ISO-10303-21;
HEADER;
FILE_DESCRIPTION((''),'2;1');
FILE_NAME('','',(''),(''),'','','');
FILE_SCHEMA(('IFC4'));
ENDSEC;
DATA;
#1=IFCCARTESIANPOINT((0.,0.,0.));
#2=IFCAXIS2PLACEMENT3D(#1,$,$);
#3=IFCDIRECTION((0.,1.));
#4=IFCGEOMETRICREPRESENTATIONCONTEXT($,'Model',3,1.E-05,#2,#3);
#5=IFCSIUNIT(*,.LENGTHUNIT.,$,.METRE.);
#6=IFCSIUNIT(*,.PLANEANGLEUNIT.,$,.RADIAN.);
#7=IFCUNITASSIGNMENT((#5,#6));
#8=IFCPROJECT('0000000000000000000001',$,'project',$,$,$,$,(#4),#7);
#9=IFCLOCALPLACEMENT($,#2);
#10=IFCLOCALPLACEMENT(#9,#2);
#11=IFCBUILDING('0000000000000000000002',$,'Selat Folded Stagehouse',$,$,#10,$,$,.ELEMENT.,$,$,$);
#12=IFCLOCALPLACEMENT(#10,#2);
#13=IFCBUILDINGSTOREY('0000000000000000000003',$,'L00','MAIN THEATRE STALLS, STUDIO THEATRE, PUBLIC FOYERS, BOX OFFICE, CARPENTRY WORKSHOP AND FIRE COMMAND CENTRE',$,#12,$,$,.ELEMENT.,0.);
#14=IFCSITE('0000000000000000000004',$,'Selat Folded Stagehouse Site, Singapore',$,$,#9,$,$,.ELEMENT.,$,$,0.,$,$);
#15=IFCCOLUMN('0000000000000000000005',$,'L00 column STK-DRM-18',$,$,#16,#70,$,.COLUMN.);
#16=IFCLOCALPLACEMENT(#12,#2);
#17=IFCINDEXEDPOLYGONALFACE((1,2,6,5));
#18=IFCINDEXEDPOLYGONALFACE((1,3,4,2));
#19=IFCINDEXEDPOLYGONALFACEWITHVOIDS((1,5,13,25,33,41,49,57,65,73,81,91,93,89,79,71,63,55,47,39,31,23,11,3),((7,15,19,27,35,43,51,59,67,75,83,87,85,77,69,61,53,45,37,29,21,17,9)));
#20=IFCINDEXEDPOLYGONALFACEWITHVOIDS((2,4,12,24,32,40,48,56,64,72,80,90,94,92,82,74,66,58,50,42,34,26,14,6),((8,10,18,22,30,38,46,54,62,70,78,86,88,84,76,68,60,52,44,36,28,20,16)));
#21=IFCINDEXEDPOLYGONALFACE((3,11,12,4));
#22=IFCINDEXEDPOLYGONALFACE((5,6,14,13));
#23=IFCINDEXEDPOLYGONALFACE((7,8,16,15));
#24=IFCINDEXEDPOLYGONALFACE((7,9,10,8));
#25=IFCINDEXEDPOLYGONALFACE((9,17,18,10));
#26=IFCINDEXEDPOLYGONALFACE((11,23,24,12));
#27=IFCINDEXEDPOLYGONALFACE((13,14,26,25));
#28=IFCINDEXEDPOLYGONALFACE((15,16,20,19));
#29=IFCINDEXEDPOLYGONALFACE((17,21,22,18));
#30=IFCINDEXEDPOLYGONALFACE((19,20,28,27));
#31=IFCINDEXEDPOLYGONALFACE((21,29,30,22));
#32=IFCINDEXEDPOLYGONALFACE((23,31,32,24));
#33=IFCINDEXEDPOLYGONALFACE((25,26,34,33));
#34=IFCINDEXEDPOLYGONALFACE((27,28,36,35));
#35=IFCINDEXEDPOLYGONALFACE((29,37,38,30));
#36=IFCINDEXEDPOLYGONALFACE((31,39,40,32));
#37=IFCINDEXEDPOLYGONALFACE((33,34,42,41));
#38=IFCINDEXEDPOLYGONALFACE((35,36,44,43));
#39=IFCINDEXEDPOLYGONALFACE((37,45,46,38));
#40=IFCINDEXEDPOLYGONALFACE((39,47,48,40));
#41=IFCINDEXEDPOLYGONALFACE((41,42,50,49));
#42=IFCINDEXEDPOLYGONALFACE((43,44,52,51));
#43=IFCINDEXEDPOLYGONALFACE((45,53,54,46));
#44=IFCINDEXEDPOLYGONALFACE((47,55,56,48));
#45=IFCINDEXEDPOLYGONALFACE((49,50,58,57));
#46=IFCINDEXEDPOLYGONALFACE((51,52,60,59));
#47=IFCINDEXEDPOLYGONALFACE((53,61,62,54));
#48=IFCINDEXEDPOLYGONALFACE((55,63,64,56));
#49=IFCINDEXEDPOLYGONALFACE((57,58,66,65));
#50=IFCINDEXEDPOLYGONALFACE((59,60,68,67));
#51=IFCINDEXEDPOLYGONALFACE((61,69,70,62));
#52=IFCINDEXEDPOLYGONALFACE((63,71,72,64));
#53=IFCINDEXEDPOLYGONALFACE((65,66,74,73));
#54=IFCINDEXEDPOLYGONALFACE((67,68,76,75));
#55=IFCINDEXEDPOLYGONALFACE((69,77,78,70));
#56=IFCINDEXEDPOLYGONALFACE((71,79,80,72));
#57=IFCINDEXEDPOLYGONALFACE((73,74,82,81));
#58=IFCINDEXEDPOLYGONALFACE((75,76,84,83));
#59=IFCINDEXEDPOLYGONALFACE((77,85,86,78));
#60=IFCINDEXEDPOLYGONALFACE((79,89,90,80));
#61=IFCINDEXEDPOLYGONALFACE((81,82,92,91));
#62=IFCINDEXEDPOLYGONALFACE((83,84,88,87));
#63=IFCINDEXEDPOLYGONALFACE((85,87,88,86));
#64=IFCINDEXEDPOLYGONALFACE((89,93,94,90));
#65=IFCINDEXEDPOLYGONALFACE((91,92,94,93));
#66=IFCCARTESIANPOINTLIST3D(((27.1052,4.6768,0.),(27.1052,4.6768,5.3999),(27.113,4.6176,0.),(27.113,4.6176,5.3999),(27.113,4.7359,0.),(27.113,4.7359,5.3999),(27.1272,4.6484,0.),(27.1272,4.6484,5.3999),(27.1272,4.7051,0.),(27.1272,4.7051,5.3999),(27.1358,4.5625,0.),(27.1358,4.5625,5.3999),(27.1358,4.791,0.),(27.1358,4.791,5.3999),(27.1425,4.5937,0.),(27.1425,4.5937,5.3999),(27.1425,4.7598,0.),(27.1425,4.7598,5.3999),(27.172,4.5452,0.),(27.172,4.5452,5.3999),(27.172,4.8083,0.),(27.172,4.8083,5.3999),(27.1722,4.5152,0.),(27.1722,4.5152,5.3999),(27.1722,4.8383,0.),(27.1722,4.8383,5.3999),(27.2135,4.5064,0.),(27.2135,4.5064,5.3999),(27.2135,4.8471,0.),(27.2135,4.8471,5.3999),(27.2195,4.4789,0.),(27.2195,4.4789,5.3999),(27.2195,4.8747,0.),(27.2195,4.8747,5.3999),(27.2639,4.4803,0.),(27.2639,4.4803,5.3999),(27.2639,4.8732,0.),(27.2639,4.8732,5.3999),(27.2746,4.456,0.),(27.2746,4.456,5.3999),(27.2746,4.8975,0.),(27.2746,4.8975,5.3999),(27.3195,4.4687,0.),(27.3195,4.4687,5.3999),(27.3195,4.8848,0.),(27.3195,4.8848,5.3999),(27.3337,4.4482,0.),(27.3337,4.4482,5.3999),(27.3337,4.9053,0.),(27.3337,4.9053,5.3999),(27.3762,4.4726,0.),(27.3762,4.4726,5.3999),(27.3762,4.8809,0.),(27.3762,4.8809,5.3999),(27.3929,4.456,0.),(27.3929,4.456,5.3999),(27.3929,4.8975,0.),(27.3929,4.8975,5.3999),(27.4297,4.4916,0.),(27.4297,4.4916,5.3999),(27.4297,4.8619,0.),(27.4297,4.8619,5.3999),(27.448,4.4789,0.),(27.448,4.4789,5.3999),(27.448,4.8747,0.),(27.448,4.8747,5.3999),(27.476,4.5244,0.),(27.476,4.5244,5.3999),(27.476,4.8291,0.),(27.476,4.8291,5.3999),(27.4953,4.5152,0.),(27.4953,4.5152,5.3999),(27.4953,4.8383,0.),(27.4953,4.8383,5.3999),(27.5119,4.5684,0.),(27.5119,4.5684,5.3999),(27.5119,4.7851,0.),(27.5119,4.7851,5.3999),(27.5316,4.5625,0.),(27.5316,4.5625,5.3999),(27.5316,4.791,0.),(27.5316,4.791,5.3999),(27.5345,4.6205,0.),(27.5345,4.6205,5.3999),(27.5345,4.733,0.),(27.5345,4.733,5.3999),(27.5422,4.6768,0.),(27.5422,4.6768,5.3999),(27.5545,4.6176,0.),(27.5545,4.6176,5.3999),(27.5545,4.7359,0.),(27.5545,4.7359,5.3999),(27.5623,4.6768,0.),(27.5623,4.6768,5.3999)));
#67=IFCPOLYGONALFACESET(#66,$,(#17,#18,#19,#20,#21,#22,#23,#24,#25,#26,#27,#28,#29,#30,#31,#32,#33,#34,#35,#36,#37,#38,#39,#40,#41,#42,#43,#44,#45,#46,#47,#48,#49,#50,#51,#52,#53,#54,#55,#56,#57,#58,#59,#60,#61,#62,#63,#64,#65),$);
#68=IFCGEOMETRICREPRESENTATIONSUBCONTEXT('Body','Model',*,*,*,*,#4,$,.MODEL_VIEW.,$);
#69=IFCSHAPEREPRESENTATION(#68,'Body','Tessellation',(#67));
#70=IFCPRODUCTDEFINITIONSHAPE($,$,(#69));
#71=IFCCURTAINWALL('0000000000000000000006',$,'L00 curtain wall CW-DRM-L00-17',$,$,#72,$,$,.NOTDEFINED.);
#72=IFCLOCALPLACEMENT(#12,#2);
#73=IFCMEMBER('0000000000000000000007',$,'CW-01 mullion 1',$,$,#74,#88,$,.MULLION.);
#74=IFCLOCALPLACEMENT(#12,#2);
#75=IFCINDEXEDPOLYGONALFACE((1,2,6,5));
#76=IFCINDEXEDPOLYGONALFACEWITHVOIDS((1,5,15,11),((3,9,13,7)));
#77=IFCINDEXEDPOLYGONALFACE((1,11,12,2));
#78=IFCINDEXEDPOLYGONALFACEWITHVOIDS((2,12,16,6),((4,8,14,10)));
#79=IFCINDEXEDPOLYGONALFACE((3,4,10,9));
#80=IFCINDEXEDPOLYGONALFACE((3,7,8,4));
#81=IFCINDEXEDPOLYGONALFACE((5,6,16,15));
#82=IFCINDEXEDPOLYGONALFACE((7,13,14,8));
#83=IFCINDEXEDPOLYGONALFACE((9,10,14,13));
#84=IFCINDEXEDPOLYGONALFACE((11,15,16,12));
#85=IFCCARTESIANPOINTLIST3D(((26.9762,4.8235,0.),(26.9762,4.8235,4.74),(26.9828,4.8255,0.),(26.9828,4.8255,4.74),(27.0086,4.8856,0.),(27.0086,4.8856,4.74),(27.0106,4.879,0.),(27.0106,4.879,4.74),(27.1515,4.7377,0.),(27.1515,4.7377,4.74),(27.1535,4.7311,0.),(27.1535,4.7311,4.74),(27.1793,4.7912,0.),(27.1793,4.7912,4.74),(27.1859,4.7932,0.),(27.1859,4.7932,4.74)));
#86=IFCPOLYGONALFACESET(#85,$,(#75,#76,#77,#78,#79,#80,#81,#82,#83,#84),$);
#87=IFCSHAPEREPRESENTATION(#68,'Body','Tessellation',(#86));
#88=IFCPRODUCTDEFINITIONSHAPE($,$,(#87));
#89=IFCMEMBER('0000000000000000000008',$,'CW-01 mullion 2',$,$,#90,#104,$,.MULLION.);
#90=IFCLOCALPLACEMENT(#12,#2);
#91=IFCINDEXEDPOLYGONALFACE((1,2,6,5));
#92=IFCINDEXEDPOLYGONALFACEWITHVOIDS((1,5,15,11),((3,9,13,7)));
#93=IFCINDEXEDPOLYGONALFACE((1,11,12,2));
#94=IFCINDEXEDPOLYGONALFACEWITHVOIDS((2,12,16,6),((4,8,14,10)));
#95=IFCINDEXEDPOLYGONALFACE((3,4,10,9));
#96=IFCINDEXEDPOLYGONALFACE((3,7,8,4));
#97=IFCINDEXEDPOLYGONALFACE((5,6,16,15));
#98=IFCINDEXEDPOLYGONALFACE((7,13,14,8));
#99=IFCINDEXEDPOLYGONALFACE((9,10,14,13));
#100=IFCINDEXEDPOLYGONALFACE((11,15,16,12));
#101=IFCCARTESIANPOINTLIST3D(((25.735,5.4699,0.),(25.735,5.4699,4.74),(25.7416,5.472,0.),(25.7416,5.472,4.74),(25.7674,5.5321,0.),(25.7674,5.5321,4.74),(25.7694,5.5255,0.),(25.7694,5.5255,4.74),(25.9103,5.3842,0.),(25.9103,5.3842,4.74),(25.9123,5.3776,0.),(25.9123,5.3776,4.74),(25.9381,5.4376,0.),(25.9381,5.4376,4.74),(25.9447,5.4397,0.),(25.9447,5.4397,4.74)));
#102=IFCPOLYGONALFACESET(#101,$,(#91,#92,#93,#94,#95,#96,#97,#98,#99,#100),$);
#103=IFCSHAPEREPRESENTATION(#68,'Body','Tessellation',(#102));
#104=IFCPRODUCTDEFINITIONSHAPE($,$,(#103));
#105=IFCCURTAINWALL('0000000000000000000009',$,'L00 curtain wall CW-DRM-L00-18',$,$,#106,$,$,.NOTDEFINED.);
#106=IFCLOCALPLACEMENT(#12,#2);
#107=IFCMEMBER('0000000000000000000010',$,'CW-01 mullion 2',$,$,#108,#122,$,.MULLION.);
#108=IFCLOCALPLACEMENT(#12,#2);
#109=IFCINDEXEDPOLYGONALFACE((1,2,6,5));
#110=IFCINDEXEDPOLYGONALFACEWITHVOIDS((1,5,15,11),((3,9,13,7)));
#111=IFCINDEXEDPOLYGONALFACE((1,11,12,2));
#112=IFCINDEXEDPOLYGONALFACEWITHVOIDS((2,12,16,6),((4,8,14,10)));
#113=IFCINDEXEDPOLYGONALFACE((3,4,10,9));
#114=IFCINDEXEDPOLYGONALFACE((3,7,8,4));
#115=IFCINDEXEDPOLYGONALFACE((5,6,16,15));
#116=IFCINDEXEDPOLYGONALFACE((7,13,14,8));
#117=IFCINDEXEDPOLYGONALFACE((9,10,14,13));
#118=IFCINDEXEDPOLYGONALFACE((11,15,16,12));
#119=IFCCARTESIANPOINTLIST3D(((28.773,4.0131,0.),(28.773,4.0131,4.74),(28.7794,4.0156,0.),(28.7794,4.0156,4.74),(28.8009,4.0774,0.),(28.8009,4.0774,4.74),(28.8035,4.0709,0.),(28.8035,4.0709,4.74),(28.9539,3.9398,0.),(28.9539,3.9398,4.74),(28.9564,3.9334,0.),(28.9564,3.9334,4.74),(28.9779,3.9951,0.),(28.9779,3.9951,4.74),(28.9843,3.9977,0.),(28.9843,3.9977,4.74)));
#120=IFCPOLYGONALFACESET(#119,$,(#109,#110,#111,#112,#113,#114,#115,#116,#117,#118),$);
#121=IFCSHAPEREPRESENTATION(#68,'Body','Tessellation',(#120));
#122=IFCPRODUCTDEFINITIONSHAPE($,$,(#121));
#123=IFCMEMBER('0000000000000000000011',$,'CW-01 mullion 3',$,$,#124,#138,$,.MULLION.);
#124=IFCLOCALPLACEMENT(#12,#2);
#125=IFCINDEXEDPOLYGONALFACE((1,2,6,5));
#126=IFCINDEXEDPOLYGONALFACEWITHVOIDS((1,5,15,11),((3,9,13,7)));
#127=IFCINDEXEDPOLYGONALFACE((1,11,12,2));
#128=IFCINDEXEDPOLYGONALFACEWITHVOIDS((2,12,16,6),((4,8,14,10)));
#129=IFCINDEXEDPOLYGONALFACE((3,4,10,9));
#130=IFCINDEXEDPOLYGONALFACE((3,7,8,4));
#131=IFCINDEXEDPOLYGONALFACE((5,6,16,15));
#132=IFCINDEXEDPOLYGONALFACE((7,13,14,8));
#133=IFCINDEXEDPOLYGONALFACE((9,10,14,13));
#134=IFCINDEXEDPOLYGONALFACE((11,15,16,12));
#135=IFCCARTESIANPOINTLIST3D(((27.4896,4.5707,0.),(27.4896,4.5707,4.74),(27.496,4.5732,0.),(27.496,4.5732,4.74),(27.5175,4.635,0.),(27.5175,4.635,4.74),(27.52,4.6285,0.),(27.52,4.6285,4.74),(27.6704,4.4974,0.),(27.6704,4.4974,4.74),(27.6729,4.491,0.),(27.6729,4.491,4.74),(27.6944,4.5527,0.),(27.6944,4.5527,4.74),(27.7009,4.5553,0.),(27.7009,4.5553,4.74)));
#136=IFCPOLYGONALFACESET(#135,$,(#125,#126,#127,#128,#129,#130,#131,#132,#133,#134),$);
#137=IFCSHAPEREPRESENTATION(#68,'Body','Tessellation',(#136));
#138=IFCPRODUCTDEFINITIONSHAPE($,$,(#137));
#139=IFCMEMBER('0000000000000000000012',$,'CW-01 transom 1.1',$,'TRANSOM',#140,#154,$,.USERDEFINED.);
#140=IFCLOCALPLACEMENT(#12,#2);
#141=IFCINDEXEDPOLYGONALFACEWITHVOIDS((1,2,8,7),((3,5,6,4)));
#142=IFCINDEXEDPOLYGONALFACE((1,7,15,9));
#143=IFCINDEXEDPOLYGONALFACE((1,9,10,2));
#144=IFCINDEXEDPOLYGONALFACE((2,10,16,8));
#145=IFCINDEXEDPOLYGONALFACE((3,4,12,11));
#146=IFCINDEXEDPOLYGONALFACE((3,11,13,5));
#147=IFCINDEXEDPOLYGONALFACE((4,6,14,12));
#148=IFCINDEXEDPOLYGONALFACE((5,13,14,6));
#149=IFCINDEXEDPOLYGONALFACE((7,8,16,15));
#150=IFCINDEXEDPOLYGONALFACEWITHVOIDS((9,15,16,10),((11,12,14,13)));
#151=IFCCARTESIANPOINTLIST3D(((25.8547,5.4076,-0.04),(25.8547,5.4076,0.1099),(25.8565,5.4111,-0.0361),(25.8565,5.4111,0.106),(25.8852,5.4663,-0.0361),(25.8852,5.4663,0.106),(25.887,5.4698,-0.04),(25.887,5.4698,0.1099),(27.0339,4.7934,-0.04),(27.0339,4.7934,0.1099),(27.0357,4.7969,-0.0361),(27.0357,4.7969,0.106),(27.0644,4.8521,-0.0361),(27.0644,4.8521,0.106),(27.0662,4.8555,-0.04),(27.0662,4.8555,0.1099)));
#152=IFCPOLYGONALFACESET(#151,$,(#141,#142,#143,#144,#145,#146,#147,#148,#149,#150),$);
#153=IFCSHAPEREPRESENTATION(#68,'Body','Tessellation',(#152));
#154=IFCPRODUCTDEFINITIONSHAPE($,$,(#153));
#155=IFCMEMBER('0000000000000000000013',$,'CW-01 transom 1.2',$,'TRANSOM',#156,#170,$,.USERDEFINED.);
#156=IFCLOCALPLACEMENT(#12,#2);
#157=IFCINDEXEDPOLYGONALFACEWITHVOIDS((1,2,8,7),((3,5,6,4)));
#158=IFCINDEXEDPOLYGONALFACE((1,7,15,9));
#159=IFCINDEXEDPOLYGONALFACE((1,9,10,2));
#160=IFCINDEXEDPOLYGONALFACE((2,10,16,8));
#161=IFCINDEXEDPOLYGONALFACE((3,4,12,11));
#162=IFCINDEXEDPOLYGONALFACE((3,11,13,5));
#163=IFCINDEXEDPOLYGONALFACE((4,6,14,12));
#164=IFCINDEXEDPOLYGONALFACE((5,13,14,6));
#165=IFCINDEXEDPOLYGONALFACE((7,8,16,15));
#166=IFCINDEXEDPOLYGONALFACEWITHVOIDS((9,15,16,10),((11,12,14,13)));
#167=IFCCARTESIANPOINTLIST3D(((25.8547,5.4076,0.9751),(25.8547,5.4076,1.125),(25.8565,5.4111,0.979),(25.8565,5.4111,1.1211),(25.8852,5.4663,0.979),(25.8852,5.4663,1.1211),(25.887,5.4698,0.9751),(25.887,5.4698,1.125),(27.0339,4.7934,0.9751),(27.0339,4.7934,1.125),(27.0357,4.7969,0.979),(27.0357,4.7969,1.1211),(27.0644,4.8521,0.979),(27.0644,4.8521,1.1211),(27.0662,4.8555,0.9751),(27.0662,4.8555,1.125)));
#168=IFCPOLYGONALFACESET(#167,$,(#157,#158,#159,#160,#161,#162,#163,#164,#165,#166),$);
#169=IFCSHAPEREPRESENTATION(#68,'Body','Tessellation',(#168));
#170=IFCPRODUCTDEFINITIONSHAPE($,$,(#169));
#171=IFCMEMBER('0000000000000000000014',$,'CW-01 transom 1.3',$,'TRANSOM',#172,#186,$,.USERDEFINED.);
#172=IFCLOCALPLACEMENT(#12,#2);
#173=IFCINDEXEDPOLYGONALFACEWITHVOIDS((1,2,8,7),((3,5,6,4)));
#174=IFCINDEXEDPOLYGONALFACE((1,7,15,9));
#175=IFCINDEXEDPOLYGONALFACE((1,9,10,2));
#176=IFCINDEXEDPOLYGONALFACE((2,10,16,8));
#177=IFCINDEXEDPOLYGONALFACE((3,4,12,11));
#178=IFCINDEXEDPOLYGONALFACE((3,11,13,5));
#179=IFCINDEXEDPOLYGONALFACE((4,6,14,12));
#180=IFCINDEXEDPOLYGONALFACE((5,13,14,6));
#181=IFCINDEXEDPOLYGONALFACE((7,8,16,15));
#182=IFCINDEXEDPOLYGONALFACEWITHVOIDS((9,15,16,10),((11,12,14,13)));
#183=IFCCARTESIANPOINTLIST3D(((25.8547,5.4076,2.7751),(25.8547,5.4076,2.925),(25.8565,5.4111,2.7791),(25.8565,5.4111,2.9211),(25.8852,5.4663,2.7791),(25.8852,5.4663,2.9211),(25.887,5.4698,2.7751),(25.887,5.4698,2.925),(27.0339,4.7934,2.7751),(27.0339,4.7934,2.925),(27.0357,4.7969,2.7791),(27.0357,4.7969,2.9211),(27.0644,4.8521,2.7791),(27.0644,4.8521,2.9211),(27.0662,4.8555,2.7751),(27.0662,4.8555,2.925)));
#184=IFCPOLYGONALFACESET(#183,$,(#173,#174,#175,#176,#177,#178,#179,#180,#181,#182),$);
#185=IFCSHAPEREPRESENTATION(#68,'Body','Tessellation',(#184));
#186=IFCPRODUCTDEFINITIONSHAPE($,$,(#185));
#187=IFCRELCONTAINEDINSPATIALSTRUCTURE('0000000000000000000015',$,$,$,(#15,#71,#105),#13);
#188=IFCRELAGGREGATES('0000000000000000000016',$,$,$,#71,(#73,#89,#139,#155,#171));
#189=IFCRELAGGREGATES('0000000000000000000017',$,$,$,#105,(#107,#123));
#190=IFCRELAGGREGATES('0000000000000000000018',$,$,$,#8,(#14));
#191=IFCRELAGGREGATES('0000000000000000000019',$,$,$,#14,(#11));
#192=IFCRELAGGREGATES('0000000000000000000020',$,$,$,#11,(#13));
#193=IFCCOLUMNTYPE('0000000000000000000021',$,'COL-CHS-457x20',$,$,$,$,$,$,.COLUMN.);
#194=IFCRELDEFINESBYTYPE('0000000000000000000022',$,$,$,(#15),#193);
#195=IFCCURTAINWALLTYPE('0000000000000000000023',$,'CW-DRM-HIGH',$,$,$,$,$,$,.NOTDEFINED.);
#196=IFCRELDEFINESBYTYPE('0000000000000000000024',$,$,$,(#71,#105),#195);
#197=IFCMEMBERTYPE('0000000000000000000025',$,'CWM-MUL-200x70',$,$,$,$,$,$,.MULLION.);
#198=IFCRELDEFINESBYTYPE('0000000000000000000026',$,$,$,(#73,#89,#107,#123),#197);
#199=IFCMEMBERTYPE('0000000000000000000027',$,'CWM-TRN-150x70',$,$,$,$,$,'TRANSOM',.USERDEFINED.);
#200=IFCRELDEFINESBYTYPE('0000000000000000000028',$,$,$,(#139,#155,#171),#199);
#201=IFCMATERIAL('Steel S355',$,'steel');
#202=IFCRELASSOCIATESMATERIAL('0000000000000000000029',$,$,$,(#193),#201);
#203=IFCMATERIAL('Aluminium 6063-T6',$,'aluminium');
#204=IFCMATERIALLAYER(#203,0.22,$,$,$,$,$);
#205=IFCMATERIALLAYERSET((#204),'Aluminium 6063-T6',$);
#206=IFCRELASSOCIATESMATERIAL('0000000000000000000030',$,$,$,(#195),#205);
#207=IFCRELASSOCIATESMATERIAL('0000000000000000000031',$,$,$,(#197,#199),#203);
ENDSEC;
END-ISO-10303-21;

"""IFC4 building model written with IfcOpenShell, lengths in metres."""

from ifc_helpers import new_model, si_unit, direction, frame, origin, origin_2d, place, context, subcontext, project, spatial, hollow_rectangle, hollow_circle, extrude, material, layer, layer_set, material_profile, profile_set, type_object, element, aggregate, save


model = new_model("IFC4")

# Units and contexts
model_context = context("Model", 3, precision=1e-05, world=origin(), true_north=direction((0.0, 1.0)))
body_context = subcontext(model_context, "Body", "Model", "MODEL_VIEW")
ifc_project = project(units=[si_unit("LENGTHUNIT", "METRE"), si_unit("PLANEANGLEUNIT", "RADIAN")], contexts=[model_context])

# Site, building, storey
site_placement = place(None, origin())
site = spatial("IfcSite", under=ifc_project, at=site_placement, Name="Selat Folded Stagehouse Site, Singapore", CompositionType="ELEMENT", RefElevation=0.0)
building_placement = place(site_placement, origin())
building = spatial("IfcBuilding", under=site, at=building_placement, Name="Selat Folded Stagehouse", CompositionType="ELEMENT")
storey_placement = place(building_placement, origin())
storey = spatial("IfcBuildingStorey", under=building, at=storey_placement, Name="L00", Description="MAIN THEATRE STALLS, STUDIO THEATRE, PUBLIC FOYERS, BOX OFFICE, CARPENTRY WORKSHOP AND FIRE COMMAND CENTRE", CompositionType="ELEMENT", Elevation=0.0)

# Column
ifc_material_1 = material(Name="Steel S355", Category="steel")
ifc_material_profile_1 = material_profile(ifc_material_1, hollow_circle(Radius=0.2285, WallThickness=0.02, at=origin_2d()), Name="CHS 457.0x20.0")
ifc_profile_set_1 = profile_set([ifc_material_profile_1], Name="Steel S355")
column_type = type_object("IfcColumnType", Name="COL-CHS-457x20", PredefinedType="COLUMN", material=ifc_profile_set_1)
column_placement = place(storey_placement, frame((27.3337, 4.6768, 0.0), z_axis=(0.0, 0.0, 1.0), x_axis=(1.0, 0.0, 0.0)))
element("IfcColumn", 1, at=column_placement, inside=storey, type_object=column_type, Name="L00 column STK-DRM-18", PredefinedType="COLUMN", context=body_context, shape_type="SweptSolid", body=[
    extrude(hollow_circle(Radius=0.2285, WallThickness=0.02, at=origin_2d()), origin(), (0.0, 0.0, 1.0), 5.3999),
])

# Curtain walls, members
ifc_material_2 = material(Name="Aluminium 6063-T6", Category="aluminium")
ifc_layer_1 = layer(ifc_material_2, 0.22)
ifc_layer_set_1 = layer_set([ifc_layer_1], Name="Aluminium 6063-T6")
curtain_wall_type = type_object("IfcCurtainWallType", Name="CW-DRM-HIGH", PredefinedType="NOTDEFINED", material=ifc_layer_set_1)
curtain_wall_1_placement = place(storey_placement, origin())
curtain_wall_1 = element("IfcCurtainWall", 2, at=curtain_wall_1_placement, inside=storey, type_object=curtain_wall_type, Name="L00 curtain wall CW-DRM-L00-17", PredefinedType="NOTDEFINED")
ifc_material_profile_2 = material_profile(ifc_material_2, hollow_rectangle(XDim=0.0701, YDim=0.2, WallThickness=0.0049, at=origin_2d()), Name="ALU 200x70x5.0")
ifc_profile_set_2 = profile_set([ifc_material_profile_2], Name="Aluminium 6063-T6")
member_type_1 = type_object("IfcMemberType", Name="CWM-MUL-200x70", PredefinedType="MULLION", material=ifc_profile_set_2)
member_1_placement = place(storey_placement, frame((27.0811, 4.8083, 0.0), z_axis=(0.0, 0.0, 1.0), x_axis=(-0.461931, -0.886916, 0.0)))
member_1 = element("IfcMember", 3, at=member_1_placement, type_object=member_type_1, Name="CW-01 mullion 1", PredefinedType="MULLION", context=body_context, shape_type="SweptSolid", body=[
    extrude(hollow_rectangle(XDim=0.0701, YDim=0.2, WallThickness=0.0049, at=origin_2d()), origin(), (0.0, 0.0, 1.0), 4.74),
])
member_2_placement = place(storey_placement, frame((25.8398, 5.4548, 0.0), z_axis=(0.0, 0.0, 1.0), x_axis=(-0.461931, -0.886916, 0.0)))
member_2 = element("IfcMember", 4, at=member_2_placement, type_object=member_type_1, Name="CW-01 mullion 2", PredefinedType="MULLION", context=body_context, shape_type="SweptSolid", body=[
    extrude(hollow_rectangle(XDim=0.0701, YDim=0.2, WallThickness=0.0049, at=origin_2d()), origin(), (0.0, 0.0, 1.0), 4.74),
])
curtain_wall_2_placement = place(storey_placement, origin())
curtain_wall_2 = element("IfcCurtainWall", 5, at=curtain_wall_2_placement, inside=storey, type_object=curtain_wall_type, Name="L00 curtain wall CW-DRM-L00-18", PredefinedType="NOTDEFINED")
member_3_placement = place(storey_placement, frame((28.8787, 4.0054, 0.0), z_axis=(0.0, 0.0, 1.0), x_axis=(-0.39858, -0.917134, 0.0)))
member_3 = element("IfcMember", 6, at=member_3_placement, type_object=member_type_1, Name="CW-01 mullion 2", PredefinedType="MULLION", context=body_context, shape_type="SweptSolid", body=[
    extrude(hollow_rectangle(XDim=0.0701, YDim=0.2, WallThickness=0.0049, at=origin_2d()), origin(), (0.0, 0.0, 1.0), 4.74),
])
member_4_placement = place(storey_placement, frame((27.5952, 4.563, 0.0), z_axis=(0.0, 0.0, 1.0), x_axis=(-0.39858, -0.917134, 0.0)))
member_4 = element("IfcMember", 7, at=member_4_placement, type_object=member_type_1, Name="CW-01 mullion 3", PredefinedType="MULLION", context=body_context, shape_type="SweptSolid", body=[
    extrude(hollow_rectangle(XDim=0.0701, YDim=0.2, WallThickness=0.0049, at=origin_2d()), origin(), (0.0, 0.0, 1.0), 4.74),
])

# Members
ifc_material_profile_3 = material_profile(ifc_material_2, hollow_rectangle(XDim=0.0701, YDim=0.1499, WallThickness=0.0039, at=origin_2d()), Name="ALU 150x70x4.0")
ifc_profile_set_3 = profile_set([ifc_material_profile_3], Name="Aluminium 6063-T6")
member_type_2 = type_object("IfcMemberType", Name="CWM-TRN-150x70", ElementType="TRANSOM", PredefinedType="USERDEFINED", material=ifc_profile_set_3)
member_5_placement = place(storey_placement, frame((27.05, 4.8245, 0.0349), z_axis=(-0.886886, 0.461989, 0.0), x_axis=(-0.461989, -0.886886, 0.0)))
member_5 = element("IfcMember", 8, at=member_5_placement, type_object=member_type_2, Name="CW-01 transom 1.1", ObjectType="TRANSOM", PredefinedType="USERDEFINED", context=body_context, shape_type="SweptSolid", body=[
    extrude(hollow_rectangle(XDim=0.0701, YDim=0.1499, WallThickness=0.0039, at=origin_2d()), origin(), (0.0, 0.0, 1.0), 1.3296),
])
member_6_placement = place(storey_placement, frame((27.05, 4.8245, 1.05), z_axis=(-0.886886, 0.461989, 0.0), x_axis=(-0.461989, -0.886886, 0.0)))
member_6 = element("IfcMember", 9, at=member_6_placement, type_object=member_type_2, Name="CW-01 transom 1.2", ObjectType="TRANSOM", PredefinedType="USERDEFINED", context=body_context, shape_type="SweptSolid", body=[
    extrude(hollow_rectangle(XDim=0.0701, YDim=0.1499, WallThickness=0.0039, at=origin_2d()), origin(), (0.0, 0.0, 1.0), 1.3296),
])
member_7_placement = place(storey_placement, frame((27.05, 4.8245, 2.8501), z_axis=(-0.886886, 0.461989, 0.0), x_axis=(-0.461989, -0.886886, 0.0)))
member_7 = element("IfcMember", 10, at=member_7_placement, type_object=member_type_2, Name="CW-01 transom 1.3", ObjectType="TRANSOM", PredefinedType="USERDEFINED", context=body_context, shape_type="SweptSolid", body=[
    extrude(hollow_rectangle(XDim=0.0701, YDim=0.1499, WallThickness=0.0039, at=origin_2d()), origin(), (0.0, 0.0, 1.0), 1.3296),
])

aggregate(curtain_wall_1, [member_1, member_2, member_5, member_6, member_7])
aggregate(curtain_wall_2, [member_3, member_4])

save(model, "model.ifc")
